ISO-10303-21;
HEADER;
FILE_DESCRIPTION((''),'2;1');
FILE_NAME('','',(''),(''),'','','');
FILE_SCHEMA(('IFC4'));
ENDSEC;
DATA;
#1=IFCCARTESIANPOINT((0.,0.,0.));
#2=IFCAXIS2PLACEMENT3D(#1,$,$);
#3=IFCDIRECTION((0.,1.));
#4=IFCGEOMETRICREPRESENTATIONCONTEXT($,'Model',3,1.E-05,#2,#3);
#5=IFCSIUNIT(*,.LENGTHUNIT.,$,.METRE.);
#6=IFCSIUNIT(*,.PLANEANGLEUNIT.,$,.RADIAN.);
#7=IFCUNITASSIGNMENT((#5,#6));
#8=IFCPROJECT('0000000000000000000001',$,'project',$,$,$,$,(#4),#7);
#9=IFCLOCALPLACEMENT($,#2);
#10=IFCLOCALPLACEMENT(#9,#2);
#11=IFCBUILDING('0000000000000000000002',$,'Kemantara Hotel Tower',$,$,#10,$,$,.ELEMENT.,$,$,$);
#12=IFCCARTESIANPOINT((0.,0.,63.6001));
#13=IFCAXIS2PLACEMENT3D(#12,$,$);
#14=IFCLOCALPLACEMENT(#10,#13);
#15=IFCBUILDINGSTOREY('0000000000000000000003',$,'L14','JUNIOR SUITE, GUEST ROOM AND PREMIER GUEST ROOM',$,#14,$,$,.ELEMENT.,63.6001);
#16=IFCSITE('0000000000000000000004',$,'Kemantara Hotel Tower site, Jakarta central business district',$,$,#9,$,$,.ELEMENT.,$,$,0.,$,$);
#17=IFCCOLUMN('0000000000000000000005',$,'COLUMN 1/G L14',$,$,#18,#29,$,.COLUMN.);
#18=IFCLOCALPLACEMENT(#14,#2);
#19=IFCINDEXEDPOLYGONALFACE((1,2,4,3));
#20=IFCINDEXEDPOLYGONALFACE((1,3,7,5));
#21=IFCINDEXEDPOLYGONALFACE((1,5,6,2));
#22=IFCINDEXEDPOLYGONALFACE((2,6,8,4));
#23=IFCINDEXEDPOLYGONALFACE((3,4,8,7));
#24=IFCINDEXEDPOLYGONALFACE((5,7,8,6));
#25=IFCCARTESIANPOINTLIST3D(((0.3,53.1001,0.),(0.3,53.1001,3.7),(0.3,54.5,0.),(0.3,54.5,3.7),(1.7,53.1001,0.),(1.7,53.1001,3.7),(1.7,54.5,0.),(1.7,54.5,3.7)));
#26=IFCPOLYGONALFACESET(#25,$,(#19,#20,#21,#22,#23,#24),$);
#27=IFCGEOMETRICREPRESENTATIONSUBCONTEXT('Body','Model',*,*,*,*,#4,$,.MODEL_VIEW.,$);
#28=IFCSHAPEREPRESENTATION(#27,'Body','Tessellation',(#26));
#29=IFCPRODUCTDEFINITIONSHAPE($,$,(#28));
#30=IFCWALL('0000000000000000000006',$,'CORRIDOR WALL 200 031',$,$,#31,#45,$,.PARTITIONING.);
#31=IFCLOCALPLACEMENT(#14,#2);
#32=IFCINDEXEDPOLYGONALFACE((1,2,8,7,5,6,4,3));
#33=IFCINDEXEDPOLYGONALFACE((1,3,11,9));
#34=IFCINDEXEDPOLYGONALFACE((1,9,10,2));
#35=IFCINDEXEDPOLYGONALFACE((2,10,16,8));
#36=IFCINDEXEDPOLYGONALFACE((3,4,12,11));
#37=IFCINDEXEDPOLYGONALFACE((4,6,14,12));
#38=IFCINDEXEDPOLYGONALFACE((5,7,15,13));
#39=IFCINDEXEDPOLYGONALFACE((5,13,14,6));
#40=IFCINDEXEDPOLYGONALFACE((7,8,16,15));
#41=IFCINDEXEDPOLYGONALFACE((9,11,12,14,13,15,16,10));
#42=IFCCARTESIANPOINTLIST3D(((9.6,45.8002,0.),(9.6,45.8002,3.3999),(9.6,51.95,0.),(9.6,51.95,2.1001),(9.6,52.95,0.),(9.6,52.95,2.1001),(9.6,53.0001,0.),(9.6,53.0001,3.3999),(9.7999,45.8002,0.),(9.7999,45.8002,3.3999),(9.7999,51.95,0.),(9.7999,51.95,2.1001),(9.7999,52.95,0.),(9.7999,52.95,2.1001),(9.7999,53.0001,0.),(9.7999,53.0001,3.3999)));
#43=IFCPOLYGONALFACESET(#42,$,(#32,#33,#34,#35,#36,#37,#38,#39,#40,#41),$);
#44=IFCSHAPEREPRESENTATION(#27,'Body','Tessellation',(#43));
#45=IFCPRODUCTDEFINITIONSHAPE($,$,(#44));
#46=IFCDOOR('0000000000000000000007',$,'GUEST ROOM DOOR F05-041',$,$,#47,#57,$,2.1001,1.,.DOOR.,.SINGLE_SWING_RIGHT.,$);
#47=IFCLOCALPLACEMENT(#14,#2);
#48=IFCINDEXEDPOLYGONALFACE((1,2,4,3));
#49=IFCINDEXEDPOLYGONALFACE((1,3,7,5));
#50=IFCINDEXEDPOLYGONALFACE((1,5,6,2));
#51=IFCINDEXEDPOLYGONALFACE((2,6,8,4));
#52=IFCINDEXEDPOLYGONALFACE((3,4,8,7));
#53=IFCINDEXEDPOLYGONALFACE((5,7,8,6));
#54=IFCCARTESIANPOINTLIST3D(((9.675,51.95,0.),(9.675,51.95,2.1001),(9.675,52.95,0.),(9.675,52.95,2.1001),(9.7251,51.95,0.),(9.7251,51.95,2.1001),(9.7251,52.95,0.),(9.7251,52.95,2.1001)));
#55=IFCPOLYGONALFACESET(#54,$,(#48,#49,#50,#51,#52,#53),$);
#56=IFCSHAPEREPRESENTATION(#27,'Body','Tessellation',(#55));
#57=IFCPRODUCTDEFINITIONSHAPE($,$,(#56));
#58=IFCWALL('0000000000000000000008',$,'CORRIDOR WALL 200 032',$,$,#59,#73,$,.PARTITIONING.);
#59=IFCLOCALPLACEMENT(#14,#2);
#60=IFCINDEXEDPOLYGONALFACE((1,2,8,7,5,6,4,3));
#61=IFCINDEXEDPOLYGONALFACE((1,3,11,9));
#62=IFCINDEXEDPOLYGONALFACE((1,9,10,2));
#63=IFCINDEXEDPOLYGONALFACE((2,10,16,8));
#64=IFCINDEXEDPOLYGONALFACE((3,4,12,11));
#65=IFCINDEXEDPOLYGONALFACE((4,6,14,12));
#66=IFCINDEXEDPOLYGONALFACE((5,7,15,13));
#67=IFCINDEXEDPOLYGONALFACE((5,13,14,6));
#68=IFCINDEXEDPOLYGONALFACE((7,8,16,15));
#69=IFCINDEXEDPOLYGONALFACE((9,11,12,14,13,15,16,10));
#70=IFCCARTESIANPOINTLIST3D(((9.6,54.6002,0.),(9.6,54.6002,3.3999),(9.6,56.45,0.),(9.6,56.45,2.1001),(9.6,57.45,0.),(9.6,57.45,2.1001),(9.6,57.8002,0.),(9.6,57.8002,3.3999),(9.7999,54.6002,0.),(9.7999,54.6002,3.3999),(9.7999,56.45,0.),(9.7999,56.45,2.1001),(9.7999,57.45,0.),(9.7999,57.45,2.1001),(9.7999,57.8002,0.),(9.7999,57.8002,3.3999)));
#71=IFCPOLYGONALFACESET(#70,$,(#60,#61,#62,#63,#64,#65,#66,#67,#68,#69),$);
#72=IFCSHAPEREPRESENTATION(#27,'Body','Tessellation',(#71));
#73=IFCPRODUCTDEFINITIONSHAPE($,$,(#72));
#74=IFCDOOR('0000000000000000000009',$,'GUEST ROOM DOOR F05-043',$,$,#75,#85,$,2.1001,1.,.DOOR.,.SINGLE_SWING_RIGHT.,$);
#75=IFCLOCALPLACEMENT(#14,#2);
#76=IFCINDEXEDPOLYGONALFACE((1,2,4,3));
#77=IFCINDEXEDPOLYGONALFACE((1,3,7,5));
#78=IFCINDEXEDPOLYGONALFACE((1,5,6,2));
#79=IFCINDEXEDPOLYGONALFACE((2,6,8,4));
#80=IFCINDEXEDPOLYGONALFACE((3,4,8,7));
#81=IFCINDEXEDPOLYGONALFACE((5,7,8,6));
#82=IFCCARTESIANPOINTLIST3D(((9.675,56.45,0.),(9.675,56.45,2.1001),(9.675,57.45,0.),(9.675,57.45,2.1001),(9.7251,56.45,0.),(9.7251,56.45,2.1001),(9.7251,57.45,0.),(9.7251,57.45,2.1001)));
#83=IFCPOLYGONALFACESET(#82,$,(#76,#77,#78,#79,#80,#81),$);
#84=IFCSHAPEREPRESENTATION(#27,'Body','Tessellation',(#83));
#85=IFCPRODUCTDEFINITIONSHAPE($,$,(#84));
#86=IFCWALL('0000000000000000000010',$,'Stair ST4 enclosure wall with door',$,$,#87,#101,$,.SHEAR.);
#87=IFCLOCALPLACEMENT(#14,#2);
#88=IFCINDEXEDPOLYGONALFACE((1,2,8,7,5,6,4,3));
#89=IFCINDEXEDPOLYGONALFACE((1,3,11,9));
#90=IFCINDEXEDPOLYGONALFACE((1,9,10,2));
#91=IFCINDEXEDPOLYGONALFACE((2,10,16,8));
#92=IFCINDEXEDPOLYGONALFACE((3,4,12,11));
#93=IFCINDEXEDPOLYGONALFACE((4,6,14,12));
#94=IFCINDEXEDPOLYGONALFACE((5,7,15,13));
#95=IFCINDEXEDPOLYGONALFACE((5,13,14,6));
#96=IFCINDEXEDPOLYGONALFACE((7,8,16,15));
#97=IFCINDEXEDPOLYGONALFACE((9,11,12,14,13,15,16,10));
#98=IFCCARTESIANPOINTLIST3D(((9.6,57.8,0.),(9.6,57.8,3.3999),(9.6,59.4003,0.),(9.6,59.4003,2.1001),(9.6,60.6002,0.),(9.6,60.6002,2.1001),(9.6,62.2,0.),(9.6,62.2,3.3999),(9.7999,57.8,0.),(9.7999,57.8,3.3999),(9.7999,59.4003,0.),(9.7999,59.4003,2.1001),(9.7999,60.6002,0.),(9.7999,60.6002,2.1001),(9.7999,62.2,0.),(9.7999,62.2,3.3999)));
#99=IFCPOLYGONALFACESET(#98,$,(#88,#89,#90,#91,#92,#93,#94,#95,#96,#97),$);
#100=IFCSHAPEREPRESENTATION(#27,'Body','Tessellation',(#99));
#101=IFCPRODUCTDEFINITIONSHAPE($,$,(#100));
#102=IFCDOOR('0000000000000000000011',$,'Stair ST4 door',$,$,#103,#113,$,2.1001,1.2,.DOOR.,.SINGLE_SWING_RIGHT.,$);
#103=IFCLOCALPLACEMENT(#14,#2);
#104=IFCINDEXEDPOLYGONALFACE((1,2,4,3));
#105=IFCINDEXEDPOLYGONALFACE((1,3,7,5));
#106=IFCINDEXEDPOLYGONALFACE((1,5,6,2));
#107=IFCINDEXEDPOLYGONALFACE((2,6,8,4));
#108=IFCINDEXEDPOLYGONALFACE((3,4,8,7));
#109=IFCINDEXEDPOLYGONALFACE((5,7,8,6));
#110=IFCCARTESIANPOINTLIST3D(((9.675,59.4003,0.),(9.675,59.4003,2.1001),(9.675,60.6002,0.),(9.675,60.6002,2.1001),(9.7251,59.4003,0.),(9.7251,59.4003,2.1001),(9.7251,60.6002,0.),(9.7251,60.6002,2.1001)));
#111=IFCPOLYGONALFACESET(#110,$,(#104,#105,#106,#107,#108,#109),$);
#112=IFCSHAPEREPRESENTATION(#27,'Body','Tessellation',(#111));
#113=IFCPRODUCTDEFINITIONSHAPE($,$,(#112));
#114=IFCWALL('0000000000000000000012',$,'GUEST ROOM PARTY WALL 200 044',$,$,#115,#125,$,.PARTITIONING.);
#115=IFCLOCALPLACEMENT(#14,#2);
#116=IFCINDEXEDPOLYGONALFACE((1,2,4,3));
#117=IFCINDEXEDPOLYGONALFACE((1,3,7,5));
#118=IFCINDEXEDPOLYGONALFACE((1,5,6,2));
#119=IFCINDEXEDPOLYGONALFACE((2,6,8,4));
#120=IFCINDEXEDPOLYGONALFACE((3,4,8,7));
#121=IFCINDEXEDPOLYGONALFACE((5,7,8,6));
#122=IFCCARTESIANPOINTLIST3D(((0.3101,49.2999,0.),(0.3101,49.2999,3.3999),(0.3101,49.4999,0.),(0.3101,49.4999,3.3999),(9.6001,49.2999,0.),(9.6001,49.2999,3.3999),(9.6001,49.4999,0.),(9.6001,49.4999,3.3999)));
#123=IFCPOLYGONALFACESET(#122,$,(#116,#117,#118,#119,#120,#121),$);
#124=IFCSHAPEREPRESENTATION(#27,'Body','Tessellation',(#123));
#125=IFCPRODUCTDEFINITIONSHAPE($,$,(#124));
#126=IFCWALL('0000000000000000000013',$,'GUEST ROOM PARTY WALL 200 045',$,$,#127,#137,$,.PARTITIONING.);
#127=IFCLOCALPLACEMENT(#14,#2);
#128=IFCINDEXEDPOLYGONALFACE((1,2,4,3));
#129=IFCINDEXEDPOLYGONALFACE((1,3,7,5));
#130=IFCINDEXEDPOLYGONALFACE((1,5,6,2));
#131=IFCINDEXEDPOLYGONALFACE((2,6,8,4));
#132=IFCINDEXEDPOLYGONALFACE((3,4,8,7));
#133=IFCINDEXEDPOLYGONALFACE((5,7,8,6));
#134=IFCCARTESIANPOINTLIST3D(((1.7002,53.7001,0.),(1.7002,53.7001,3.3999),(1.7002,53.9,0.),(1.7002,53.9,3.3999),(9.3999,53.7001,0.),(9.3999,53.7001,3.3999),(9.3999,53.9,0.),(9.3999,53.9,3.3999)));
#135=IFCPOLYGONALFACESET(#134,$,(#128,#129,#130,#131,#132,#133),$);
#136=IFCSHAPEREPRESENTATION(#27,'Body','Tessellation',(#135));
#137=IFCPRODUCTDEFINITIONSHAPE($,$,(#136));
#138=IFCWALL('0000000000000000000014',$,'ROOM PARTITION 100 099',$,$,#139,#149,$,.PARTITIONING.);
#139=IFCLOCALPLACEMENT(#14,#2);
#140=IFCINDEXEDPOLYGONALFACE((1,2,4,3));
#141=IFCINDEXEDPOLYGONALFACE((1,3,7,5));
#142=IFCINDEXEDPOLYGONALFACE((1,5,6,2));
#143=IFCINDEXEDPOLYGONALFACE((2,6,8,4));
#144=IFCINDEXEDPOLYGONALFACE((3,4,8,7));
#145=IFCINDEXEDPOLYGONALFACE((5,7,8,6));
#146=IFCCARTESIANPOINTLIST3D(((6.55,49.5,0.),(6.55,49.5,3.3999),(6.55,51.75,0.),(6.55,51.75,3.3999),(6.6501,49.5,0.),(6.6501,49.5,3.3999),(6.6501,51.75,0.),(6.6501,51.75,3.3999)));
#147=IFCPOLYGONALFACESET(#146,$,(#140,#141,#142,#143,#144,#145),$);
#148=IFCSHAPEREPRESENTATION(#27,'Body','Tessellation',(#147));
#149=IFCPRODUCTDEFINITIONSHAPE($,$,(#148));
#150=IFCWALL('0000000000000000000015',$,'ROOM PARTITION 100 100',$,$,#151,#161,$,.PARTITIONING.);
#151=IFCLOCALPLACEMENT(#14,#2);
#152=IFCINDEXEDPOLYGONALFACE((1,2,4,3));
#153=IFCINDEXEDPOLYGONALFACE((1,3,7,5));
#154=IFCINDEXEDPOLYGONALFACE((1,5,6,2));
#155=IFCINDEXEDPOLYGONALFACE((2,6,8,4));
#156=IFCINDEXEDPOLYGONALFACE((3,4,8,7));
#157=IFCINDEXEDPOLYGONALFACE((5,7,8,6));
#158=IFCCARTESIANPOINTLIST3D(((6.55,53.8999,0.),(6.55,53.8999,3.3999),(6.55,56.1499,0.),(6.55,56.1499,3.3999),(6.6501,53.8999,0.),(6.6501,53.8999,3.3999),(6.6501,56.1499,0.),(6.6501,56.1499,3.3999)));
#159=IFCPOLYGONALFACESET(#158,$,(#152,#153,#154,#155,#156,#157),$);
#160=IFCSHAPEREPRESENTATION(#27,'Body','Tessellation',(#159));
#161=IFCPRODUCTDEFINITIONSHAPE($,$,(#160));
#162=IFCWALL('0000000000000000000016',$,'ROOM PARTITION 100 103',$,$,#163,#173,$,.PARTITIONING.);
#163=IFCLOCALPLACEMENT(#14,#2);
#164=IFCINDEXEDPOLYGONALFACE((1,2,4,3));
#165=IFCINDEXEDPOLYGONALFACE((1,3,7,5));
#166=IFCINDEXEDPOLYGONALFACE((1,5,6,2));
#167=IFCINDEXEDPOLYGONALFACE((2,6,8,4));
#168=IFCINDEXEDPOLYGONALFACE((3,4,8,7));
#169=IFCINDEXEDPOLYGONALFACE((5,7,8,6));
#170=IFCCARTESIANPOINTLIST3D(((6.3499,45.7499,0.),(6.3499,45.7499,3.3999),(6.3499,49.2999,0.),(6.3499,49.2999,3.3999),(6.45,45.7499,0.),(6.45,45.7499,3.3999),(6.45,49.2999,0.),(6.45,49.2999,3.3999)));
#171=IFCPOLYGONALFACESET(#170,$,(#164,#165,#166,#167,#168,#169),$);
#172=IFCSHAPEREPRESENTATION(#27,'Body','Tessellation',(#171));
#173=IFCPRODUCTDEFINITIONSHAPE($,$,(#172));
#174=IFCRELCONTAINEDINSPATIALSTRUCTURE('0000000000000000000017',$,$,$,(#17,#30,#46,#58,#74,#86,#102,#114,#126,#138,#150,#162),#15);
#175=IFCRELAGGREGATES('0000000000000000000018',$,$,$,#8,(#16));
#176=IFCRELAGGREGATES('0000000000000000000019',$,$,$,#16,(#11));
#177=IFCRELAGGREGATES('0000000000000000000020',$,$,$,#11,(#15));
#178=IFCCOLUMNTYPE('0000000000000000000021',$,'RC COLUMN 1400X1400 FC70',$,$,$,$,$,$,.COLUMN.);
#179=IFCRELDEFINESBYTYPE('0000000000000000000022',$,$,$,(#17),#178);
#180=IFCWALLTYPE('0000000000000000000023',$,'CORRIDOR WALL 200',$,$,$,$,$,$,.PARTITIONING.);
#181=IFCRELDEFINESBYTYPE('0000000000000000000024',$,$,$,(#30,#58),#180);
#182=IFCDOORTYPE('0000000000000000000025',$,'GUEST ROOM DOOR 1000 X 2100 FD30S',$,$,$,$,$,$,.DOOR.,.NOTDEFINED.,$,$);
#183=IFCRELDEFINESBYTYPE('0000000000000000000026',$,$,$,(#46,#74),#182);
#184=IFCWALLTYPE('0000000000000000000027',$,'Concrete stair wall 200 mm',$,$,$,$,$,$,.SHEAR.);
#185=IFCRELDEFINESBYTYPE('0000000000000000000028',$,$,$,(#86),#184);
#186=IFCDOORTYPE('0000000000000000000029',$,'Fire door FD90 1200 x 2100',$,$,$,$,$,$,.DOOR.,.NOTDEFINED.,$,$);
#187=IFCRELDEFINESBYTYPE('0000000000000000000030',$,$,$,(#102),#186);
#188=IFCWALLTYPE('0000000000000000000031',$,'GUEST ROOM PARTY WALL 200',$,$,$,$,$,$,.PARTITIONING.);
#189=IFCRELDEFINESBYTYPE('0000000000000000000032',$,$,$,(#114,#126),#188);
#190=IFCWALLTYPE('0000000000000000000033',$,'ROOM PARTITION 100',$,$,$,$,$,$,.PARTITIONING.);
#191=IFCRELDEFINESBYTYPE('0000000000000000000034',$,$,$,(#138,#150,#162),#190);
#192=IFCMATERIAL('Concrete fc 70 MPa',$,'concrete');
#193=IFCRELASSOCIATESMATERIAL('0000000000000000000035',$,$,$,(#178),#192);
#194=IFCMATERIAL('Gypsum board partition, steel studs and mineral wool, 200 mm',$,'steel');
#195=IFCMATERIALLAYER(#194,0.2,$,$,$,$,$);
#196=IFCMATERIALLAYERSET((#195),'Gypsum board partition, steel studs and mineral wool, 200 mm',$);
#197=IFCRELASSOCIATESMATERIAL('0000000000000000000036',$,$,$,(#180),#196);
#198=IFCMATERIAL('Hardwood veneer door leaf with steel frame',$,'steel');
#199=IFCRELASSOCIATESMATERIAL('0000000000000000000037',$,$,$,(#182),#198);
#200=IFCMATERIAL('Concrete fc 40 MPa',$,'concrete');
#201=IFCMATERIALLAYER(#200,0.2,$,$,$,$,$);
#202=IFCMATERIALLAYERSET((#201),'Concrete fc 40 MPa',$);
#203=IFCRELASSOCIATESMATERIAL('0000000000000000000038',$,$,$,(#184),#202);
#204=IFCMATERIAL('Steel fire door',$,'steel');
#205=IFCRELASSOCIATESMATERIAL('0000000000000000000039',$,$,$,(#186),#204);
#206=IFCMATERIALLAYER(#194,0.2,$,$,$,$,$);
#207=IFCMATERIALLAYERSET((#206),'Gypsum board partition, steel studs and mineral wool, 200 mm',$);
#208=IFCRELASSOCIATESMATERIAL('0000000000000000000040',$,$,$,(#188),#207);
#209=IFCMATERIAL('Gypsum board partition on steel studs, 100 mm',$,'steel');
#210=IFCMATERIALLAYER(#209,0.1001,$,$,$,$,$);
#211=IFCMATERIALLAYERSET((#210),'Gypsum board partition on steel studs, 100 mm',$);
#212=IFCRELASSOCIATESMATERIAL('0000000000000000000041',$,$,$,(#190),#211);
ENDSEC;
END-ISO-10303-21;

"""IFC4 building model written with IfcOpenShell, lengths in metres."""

from ifc_helpers import new_model, si_unit, direction, frame, frame_2d, origin, origin_2d, place, context, subcontext, project, spatial, rectangle, extrude, material, layer, layer_set, material_profile, profile_set, type_object, element, fill, save


model = new_model("IFC4")

# Units and contexts
model_context = context("Model", 3, precision=1e-05, world=origin(), true_north=direction((0.0, 1.0)))
body_context = subcontext(model_context, "Body", "Model", "MODEL_VIEW")
ifc_project = project(units=[si_unit("LENGTHUNIT", "METRE"), si_unit("PLANEANGLEUNIT", "RADIAN")], contexts=[model_context])

# Site, building, storey
site_placement = place(None, origin())
site = spatial("IfcSite", under=ifc_project, at=site_placement, Name="Kemantara Hotel Tower site, Jakarta central business district", CompositionType="ELEMENT", RefElevation=0.0)
building_placement = place(site_placement, origin())
building = spatial("IfcBuilding", under=site, at=building_placement, Name="Kemantara Hotel Tower", CompositionType="ELEMENT")
storey_placement = place(building_placement, frame((0.0, 0.0, 63.6001)))
storey = spatial("IfcBuildingStorey", under=building, at=storey_placement, Name="L14", Description="JUNIOR SUITE, GUEST ROOM AND PREMIER GUEST ROOM", CompositionType="ELEMENT", Elevation=63.6001)

# Column
ifc_material_1 = material(Name="Concrete fc 70 MPa", Category="concrete")
ifc_material_profile = material_profile(ifc_material_1, rectangle(XDim=1.3999, YDim=1.3999, at=origin_2d()), Name="RC 1400X1400")
ifc_profile_set = profile_set([ifc_material_profile], Name="Concrete fc 70 MPa")
column_type = type_object("IfcColumnType", Name="RC COLUMN 1400X1400 FC70", PredefinedType="COLUMN", material=ifc_profile_set)
column_placement = place(storey_placement, frame((1.0, 53.8, 0.0), z_axis=(0.0, 0.0, 1.0), x_axis=(1.0, 0.0, 0.0)))
element("IfcColumn", 1, at=column_placement, inside=storey, type_object=column_type, Name="COLUMN 1/G L14", PredefinedType="COLUMN", context=body_context, shape_type="SweptSolid", body=[
    extrude(rectangle(XDim=1.3999, YDim=1.3999, at=origin_2d()), origin(), (0.0, 0.0, 1.0), 3.7),
])

# Walls, openings, doors
ifc_material_2 = material(Name="Gypsum board partition, steel studs and mineral wool, 200 mm", Category="steel")
ifc_layer_1 = layer(ifc_material_2, 0.2)
ifc_layer_set_1 = layer_set([ifc_layer_1], Name="Gypsum board partition, steel studs and mineral wool, 200 mm")
wall_type_1 = type_object("IfcWallType", Name="CORRIDOR WALL 200", PredefinedType="PARTITIONING", material=ifc_layer_set_1)
wall_1_placement = place(storey_placement, frame((9.7, 45.8, 0.0), z_axis=(0.0, 0.0, 1.0), x_axis=(0.0, 1.0, 0.0)))
wall_1 = element("IfcWall", 2, at=wall_1_placement, inside=storey, type_object=wall_type_1, Name="CORRIDOR WALL 200 031", PredefinedType="PARTITIONING", context=body_context, shape_type="SweptSolid", body=[
    extrude(rectangle(XDim=7.2, YDim=0.2, at=frame_2d((3.6001, 0.0))), origin(), (0.0, 0.0, 1.0), 3.3999),
])
opening_1_placement = place(wall_1_placement, frame((6.1499, 0.0, 0.0)))
opening_1 = element("IfcOpeningElement", 3, at=opening_1_placement, cuts=wall_1, PredefinedType="OPENING", context=body_context, shape_type="SweptSolid", body=[
    extrude(rectangle(XDim=1.0, YDim=2.1001, at=frame_2d((0.5, 1.05))), frame((0.0, 0.1099, 0.0), z_axis=(0.0, -1.0, 0.0), x_axis=(1.0, 0.0, 0.0)), (0.0, 0.0, 1.0), 0.22),
])
ifc_material_3 = material(Name="Hardwood veneer door leaf with steel frame", Category="steel")
door_type_1 = type_object("IfcDoorType", Name="GUEST ROOM DOOR 1000 X 2100 FD30S", OperationType="NOTDEFINED", PredefinedType="DOOR", material=ifc_material_3)
door_1_placement = place(opening_1_placement, origin())
door_1 = element("IfcDoor", 4, at=door_1_placement, inside=storey, type_object=door_type_1, Name="GUEST ROOM DOOR F05-041", OperationType="SINGLE_SWING_RIGHT", OverallHeight=2.1001, OverallWidth=1.0, PredefinedType="DOOR", context=body_context, shape_type="SweptSolid", body=[
    extrude(rectangle(XDim=1.0, YDim=2.1001, at=frame_2d((0.5, 1.05))), frame((0.0, 0.0249, 0.0), z_axis=(0.0, -1.0, 0.0), x_axis=(1.0, 0.0, 0.0)), (0.0, 0.0, 1.0), 0.05),
])
fill(opening_1, door_1)
wall_2_placement = place(storey_placement, frame((9.7, 54.6001, 0.0), z_axis=(0.0, 0.0, 1.0), x_axis=(0.0, 1.0, 0.0)))
wall_2 = element("IfcWall", 5, at=wall_2_placement, inside=storey, type_object=wall_type_1, Name="CORRIDOR WALL 200 032", PredefinedType="PARTITIONING", context=body_context, shape_type="SweptSolid", body=[
    extrude(rectangle(XDim=3.2, YDim=0.2, at=frame_2d((1.6001, 0.0))), origin(), (0.0, 0.0, 1.0), 3.3999),
])
opening_2_placement = place(wall_2_placement, frame((1.8499, 0.0, 0.0)))
opening_2 = element("IfcOpeningElement", 6, at=opening_2_placement, cuts=wall_2, PredefinedType="OPENING", context=body_context, shape_type="SweptSolid", body=[
    extrude(rectangle(XDim=1.0, YDim=2.1001, at=frame_2d((0.5, 1.05))), frame((0.0, 0.1099, 0.0), z_axis=(0.0, -1.0, 0.0), x_axis=(1.0, 0.0, 0.0)), (0.0, 0.0, 1.0), 0.22),
])
door_2_placement = place(opening_2_placement, origin())
door_2 = element("IfcDoor", 7, at=door_2_placement, inside=storey, type_object=door_type_1, Name="GUEST ROOM DOOR F05-043", OperationType="SINGLE_SWING_RIGHT", OverallHeight=2.1001, OverallWidth=1.0, PredefinedType="DOOR", context=body_context, shape_type="SweptSolid", body=[
    extrude(rectangle(XDim=1.0, YDim=2.1001, at=frame_2d((0.5, 1.05))), frame((0.0, 0.0249, 0.0), z_axis=(0.0, -1.0, 0.0), x_axis=(1.0, 0.0, 0.0)), (0.0, 0.0, 1.0), 0.05),
])
fill(opening_2, door_2)
ifc_material_4 = material(Name="Concrete fc 40 MPa", Category="concrete")
ifc_layer_2 = layer(ifc_material_4, 0.2)
ifc_layer_set_2 = layer_set([ifc_layer_2], Name="Concrete fc 40 MPa")
wall_type_2 = type_object("IfcWallType", Name="Concrete stair wall 200 mm", PredefinedType="SHEAR", material=ifc_layer_set_2)
wall_3_placement = place(storey_placement, frame((9.7, 57.8, 0.0), z_axis=(0.0, 0.0, 1.0), x_axis=(0.0, 1.0, 0.0)))
wall_3 = element("IfcWall", 8, at=wall_3_placement, inside=storey, type_object=wall_type_2, Name="Stair ST4 enclosure wall with door", PredefinedType="SHEAR", context=body_context, shape_type="SweptSolid", body=[
    extrude(rectangle(XDim=4.3999, YDim=0.2, at=frame_2d((2.2, 0.0))), origin(), (0.0, 0.0, 1.0), 3.3999),
])
opening_3_placement = place(wall_3_placement, frame((1.6001, 0.0, 0.0)))
opening_3 = element("IfcOpeningElement", 9, at=opening_3_placement, cuts=wall_3, PredefinedType="OPENING", context=body_context, shape_type="SweptSolid", body=[
    extrude(rectangle(XDim=1.2, YDim=2.1001, at=frame_2d((0.6001, 1.05))), frame((0.0, 0.1099, 0.0), z_axis=(0.0, -1.0, 0.0), x_axis=(1.0, 0.0, 0.0)), (0.0, 0.0, 1.0), 0.22),
])
ifc_material_5 = material(Name="Steel fire door", Category="steel")
door_type_2 = type_object("IfcDoorType", Name="Fire door FD90 1200 x 2100", OperationType="NOTDEFINED", PredefinedType="DOOR", material=ifc_material_5)
door_3_placement = place(opening_3_placement, origin())
door_3 = element("IfcDoor", 10, at=door_3_placement, inside=storey, type_object=door_type_2, Name="Stair ST4 door", OperationType="SINGLE_SWING_RIGHT", OverallHeight=2.1001, OverallWidth=1.2, PredefinedType="DOOR", context=body_context, shape_type="SweptSolid", body=[
    extrude(rectangle(XDim=1.2, YDim=2.1001, at=frame_2d((0.6001, 1.05))), frame((0.0, 0.0249, 0.0), z_axis=(0.0, -1.0, 0.0), x_axis=(1.0, 0.0, 0.0)), (0.0, 0.0, 1.0), 0.05),
])
fill(opening_3, door_3)

# Walls
ifc_layer_3 = layer(ifc_material_2, 0.2)
ifc_layer_set_3 = layer_set([ifc_layer_3], Name="Gypsum board partition, steel studs and mineral wool, 200 mm")
wall_type_3 = type_object("IfcWallType", Name="GUEST ROOM PARTY WALL 200", PredefinedType="PARTITIONING", material=ifc_layer_set_3)
wall_4_placement = place(storey_placement, frame((0.3101, 49.3999, 0.0), z_axis=(0.0, 0.0, 1.0), x_axis=(1.0, 0.0, 0.0)))
element("IfcWall", 11, at=wall_4_placement, inside=storey, type_object=wall_type_3, Name="GUEST ROOM PARTY WALL 200 044", PredefinedType="PARTITIONING", context=body_context, shape_type="SweptSolid", body=[
    extrude(rectangle(XDim=9.29, YDim=0.2, at=frame_2d((4.645, 0.0))), origin(), (0.0, 0.0, 1.0), 3.3999),
])
wall_5_placement = place(storey_placement, frame((1.7002, 53.8, 0.0), z_axis=(0.0, 0.0, 1.0), x_axis=(1.0, 0.0, 0.0)))
element("IfcWall", 12, at=wall_5_placement, inside=storey, type_object=wall_type_3, Name="GUEST ROOM PARTY WALL 200 045", PredefinedType="PARTITIONING", context=body_context, shape_type="SweptSolid", body=[
    extrude(rectangle(XDim=7.6997, YDim=0.2, at=frame_2d((3.8499, 0.0))), origin(), (0.0, 0.0, 1.0), 3.3999),
])
ifc_material_6 = material(Name="Gypsum board partition on steel studs, 100 mm", Category="steel")
ifc_layer_4 = layer(ifc_material_6, 0.1001)
ifc_layer_set_4 = layer_set([ifc_layer_4], Name="Gypsum board partition on steel studs, 100 mm")
wall_type_4 = type_object("IfcWallType", Name="ROOM PARTITION 100", PredefinedType="PARTITIONING", material=ifc_layer_set_4)
for number, where, z_axis, x_axis, name in (
    (13, (6.6001, 49.5, 0.0), (0.0, 0.0, 1.0), (0.0, 1.0, 0.0), "ROOM PARTITION 100 099"),
    (14, (6.6001, 53.8999, 0.0), (0.0, 0.0, 1.0), (0.0, 1.0, 0.0), "ROOM PARTITION 100 100"),
):
    element("IfcWall", number, at=place(storey_placement, frame(where, z_axis=z_axis, x_axis=x_axis)), inside=storey, type_object=wall_type_4, Name=name, PredefinedType="PARTITIONING", context=body_context, shape_type="SweptSolid", body=[
        extrude(rectangle(XDim=2.25, YDim=0.1001, at=frame_2d((1.125, 0.0))), origin(), (0.0, 0.0, 1.0), 3.3999),
    ])
wall_6_placement = place(storey_placement, frame((6.3999, 45.75, 0.0), z_axis=(0.0, 0.0, 1.0), x_axis=(0.0, 1.0, 0.0)))
element("IfcWall", 15, at=wall_6_placement, inside=storey, type_object=wall_type_4, Name="ROOM PARTITION 100 103", PredefinedType="PARTITIONING", context=body_context, shape_type="SweptSolid", body=[
    extrude(rectangle(XDim=3.55, YDim=0.1001, at=frame_2d((1.7749, 0.0))), origin(), (0.0, 0.0, 1.0), 3.3999),
])

save(model, "model.ifc")
